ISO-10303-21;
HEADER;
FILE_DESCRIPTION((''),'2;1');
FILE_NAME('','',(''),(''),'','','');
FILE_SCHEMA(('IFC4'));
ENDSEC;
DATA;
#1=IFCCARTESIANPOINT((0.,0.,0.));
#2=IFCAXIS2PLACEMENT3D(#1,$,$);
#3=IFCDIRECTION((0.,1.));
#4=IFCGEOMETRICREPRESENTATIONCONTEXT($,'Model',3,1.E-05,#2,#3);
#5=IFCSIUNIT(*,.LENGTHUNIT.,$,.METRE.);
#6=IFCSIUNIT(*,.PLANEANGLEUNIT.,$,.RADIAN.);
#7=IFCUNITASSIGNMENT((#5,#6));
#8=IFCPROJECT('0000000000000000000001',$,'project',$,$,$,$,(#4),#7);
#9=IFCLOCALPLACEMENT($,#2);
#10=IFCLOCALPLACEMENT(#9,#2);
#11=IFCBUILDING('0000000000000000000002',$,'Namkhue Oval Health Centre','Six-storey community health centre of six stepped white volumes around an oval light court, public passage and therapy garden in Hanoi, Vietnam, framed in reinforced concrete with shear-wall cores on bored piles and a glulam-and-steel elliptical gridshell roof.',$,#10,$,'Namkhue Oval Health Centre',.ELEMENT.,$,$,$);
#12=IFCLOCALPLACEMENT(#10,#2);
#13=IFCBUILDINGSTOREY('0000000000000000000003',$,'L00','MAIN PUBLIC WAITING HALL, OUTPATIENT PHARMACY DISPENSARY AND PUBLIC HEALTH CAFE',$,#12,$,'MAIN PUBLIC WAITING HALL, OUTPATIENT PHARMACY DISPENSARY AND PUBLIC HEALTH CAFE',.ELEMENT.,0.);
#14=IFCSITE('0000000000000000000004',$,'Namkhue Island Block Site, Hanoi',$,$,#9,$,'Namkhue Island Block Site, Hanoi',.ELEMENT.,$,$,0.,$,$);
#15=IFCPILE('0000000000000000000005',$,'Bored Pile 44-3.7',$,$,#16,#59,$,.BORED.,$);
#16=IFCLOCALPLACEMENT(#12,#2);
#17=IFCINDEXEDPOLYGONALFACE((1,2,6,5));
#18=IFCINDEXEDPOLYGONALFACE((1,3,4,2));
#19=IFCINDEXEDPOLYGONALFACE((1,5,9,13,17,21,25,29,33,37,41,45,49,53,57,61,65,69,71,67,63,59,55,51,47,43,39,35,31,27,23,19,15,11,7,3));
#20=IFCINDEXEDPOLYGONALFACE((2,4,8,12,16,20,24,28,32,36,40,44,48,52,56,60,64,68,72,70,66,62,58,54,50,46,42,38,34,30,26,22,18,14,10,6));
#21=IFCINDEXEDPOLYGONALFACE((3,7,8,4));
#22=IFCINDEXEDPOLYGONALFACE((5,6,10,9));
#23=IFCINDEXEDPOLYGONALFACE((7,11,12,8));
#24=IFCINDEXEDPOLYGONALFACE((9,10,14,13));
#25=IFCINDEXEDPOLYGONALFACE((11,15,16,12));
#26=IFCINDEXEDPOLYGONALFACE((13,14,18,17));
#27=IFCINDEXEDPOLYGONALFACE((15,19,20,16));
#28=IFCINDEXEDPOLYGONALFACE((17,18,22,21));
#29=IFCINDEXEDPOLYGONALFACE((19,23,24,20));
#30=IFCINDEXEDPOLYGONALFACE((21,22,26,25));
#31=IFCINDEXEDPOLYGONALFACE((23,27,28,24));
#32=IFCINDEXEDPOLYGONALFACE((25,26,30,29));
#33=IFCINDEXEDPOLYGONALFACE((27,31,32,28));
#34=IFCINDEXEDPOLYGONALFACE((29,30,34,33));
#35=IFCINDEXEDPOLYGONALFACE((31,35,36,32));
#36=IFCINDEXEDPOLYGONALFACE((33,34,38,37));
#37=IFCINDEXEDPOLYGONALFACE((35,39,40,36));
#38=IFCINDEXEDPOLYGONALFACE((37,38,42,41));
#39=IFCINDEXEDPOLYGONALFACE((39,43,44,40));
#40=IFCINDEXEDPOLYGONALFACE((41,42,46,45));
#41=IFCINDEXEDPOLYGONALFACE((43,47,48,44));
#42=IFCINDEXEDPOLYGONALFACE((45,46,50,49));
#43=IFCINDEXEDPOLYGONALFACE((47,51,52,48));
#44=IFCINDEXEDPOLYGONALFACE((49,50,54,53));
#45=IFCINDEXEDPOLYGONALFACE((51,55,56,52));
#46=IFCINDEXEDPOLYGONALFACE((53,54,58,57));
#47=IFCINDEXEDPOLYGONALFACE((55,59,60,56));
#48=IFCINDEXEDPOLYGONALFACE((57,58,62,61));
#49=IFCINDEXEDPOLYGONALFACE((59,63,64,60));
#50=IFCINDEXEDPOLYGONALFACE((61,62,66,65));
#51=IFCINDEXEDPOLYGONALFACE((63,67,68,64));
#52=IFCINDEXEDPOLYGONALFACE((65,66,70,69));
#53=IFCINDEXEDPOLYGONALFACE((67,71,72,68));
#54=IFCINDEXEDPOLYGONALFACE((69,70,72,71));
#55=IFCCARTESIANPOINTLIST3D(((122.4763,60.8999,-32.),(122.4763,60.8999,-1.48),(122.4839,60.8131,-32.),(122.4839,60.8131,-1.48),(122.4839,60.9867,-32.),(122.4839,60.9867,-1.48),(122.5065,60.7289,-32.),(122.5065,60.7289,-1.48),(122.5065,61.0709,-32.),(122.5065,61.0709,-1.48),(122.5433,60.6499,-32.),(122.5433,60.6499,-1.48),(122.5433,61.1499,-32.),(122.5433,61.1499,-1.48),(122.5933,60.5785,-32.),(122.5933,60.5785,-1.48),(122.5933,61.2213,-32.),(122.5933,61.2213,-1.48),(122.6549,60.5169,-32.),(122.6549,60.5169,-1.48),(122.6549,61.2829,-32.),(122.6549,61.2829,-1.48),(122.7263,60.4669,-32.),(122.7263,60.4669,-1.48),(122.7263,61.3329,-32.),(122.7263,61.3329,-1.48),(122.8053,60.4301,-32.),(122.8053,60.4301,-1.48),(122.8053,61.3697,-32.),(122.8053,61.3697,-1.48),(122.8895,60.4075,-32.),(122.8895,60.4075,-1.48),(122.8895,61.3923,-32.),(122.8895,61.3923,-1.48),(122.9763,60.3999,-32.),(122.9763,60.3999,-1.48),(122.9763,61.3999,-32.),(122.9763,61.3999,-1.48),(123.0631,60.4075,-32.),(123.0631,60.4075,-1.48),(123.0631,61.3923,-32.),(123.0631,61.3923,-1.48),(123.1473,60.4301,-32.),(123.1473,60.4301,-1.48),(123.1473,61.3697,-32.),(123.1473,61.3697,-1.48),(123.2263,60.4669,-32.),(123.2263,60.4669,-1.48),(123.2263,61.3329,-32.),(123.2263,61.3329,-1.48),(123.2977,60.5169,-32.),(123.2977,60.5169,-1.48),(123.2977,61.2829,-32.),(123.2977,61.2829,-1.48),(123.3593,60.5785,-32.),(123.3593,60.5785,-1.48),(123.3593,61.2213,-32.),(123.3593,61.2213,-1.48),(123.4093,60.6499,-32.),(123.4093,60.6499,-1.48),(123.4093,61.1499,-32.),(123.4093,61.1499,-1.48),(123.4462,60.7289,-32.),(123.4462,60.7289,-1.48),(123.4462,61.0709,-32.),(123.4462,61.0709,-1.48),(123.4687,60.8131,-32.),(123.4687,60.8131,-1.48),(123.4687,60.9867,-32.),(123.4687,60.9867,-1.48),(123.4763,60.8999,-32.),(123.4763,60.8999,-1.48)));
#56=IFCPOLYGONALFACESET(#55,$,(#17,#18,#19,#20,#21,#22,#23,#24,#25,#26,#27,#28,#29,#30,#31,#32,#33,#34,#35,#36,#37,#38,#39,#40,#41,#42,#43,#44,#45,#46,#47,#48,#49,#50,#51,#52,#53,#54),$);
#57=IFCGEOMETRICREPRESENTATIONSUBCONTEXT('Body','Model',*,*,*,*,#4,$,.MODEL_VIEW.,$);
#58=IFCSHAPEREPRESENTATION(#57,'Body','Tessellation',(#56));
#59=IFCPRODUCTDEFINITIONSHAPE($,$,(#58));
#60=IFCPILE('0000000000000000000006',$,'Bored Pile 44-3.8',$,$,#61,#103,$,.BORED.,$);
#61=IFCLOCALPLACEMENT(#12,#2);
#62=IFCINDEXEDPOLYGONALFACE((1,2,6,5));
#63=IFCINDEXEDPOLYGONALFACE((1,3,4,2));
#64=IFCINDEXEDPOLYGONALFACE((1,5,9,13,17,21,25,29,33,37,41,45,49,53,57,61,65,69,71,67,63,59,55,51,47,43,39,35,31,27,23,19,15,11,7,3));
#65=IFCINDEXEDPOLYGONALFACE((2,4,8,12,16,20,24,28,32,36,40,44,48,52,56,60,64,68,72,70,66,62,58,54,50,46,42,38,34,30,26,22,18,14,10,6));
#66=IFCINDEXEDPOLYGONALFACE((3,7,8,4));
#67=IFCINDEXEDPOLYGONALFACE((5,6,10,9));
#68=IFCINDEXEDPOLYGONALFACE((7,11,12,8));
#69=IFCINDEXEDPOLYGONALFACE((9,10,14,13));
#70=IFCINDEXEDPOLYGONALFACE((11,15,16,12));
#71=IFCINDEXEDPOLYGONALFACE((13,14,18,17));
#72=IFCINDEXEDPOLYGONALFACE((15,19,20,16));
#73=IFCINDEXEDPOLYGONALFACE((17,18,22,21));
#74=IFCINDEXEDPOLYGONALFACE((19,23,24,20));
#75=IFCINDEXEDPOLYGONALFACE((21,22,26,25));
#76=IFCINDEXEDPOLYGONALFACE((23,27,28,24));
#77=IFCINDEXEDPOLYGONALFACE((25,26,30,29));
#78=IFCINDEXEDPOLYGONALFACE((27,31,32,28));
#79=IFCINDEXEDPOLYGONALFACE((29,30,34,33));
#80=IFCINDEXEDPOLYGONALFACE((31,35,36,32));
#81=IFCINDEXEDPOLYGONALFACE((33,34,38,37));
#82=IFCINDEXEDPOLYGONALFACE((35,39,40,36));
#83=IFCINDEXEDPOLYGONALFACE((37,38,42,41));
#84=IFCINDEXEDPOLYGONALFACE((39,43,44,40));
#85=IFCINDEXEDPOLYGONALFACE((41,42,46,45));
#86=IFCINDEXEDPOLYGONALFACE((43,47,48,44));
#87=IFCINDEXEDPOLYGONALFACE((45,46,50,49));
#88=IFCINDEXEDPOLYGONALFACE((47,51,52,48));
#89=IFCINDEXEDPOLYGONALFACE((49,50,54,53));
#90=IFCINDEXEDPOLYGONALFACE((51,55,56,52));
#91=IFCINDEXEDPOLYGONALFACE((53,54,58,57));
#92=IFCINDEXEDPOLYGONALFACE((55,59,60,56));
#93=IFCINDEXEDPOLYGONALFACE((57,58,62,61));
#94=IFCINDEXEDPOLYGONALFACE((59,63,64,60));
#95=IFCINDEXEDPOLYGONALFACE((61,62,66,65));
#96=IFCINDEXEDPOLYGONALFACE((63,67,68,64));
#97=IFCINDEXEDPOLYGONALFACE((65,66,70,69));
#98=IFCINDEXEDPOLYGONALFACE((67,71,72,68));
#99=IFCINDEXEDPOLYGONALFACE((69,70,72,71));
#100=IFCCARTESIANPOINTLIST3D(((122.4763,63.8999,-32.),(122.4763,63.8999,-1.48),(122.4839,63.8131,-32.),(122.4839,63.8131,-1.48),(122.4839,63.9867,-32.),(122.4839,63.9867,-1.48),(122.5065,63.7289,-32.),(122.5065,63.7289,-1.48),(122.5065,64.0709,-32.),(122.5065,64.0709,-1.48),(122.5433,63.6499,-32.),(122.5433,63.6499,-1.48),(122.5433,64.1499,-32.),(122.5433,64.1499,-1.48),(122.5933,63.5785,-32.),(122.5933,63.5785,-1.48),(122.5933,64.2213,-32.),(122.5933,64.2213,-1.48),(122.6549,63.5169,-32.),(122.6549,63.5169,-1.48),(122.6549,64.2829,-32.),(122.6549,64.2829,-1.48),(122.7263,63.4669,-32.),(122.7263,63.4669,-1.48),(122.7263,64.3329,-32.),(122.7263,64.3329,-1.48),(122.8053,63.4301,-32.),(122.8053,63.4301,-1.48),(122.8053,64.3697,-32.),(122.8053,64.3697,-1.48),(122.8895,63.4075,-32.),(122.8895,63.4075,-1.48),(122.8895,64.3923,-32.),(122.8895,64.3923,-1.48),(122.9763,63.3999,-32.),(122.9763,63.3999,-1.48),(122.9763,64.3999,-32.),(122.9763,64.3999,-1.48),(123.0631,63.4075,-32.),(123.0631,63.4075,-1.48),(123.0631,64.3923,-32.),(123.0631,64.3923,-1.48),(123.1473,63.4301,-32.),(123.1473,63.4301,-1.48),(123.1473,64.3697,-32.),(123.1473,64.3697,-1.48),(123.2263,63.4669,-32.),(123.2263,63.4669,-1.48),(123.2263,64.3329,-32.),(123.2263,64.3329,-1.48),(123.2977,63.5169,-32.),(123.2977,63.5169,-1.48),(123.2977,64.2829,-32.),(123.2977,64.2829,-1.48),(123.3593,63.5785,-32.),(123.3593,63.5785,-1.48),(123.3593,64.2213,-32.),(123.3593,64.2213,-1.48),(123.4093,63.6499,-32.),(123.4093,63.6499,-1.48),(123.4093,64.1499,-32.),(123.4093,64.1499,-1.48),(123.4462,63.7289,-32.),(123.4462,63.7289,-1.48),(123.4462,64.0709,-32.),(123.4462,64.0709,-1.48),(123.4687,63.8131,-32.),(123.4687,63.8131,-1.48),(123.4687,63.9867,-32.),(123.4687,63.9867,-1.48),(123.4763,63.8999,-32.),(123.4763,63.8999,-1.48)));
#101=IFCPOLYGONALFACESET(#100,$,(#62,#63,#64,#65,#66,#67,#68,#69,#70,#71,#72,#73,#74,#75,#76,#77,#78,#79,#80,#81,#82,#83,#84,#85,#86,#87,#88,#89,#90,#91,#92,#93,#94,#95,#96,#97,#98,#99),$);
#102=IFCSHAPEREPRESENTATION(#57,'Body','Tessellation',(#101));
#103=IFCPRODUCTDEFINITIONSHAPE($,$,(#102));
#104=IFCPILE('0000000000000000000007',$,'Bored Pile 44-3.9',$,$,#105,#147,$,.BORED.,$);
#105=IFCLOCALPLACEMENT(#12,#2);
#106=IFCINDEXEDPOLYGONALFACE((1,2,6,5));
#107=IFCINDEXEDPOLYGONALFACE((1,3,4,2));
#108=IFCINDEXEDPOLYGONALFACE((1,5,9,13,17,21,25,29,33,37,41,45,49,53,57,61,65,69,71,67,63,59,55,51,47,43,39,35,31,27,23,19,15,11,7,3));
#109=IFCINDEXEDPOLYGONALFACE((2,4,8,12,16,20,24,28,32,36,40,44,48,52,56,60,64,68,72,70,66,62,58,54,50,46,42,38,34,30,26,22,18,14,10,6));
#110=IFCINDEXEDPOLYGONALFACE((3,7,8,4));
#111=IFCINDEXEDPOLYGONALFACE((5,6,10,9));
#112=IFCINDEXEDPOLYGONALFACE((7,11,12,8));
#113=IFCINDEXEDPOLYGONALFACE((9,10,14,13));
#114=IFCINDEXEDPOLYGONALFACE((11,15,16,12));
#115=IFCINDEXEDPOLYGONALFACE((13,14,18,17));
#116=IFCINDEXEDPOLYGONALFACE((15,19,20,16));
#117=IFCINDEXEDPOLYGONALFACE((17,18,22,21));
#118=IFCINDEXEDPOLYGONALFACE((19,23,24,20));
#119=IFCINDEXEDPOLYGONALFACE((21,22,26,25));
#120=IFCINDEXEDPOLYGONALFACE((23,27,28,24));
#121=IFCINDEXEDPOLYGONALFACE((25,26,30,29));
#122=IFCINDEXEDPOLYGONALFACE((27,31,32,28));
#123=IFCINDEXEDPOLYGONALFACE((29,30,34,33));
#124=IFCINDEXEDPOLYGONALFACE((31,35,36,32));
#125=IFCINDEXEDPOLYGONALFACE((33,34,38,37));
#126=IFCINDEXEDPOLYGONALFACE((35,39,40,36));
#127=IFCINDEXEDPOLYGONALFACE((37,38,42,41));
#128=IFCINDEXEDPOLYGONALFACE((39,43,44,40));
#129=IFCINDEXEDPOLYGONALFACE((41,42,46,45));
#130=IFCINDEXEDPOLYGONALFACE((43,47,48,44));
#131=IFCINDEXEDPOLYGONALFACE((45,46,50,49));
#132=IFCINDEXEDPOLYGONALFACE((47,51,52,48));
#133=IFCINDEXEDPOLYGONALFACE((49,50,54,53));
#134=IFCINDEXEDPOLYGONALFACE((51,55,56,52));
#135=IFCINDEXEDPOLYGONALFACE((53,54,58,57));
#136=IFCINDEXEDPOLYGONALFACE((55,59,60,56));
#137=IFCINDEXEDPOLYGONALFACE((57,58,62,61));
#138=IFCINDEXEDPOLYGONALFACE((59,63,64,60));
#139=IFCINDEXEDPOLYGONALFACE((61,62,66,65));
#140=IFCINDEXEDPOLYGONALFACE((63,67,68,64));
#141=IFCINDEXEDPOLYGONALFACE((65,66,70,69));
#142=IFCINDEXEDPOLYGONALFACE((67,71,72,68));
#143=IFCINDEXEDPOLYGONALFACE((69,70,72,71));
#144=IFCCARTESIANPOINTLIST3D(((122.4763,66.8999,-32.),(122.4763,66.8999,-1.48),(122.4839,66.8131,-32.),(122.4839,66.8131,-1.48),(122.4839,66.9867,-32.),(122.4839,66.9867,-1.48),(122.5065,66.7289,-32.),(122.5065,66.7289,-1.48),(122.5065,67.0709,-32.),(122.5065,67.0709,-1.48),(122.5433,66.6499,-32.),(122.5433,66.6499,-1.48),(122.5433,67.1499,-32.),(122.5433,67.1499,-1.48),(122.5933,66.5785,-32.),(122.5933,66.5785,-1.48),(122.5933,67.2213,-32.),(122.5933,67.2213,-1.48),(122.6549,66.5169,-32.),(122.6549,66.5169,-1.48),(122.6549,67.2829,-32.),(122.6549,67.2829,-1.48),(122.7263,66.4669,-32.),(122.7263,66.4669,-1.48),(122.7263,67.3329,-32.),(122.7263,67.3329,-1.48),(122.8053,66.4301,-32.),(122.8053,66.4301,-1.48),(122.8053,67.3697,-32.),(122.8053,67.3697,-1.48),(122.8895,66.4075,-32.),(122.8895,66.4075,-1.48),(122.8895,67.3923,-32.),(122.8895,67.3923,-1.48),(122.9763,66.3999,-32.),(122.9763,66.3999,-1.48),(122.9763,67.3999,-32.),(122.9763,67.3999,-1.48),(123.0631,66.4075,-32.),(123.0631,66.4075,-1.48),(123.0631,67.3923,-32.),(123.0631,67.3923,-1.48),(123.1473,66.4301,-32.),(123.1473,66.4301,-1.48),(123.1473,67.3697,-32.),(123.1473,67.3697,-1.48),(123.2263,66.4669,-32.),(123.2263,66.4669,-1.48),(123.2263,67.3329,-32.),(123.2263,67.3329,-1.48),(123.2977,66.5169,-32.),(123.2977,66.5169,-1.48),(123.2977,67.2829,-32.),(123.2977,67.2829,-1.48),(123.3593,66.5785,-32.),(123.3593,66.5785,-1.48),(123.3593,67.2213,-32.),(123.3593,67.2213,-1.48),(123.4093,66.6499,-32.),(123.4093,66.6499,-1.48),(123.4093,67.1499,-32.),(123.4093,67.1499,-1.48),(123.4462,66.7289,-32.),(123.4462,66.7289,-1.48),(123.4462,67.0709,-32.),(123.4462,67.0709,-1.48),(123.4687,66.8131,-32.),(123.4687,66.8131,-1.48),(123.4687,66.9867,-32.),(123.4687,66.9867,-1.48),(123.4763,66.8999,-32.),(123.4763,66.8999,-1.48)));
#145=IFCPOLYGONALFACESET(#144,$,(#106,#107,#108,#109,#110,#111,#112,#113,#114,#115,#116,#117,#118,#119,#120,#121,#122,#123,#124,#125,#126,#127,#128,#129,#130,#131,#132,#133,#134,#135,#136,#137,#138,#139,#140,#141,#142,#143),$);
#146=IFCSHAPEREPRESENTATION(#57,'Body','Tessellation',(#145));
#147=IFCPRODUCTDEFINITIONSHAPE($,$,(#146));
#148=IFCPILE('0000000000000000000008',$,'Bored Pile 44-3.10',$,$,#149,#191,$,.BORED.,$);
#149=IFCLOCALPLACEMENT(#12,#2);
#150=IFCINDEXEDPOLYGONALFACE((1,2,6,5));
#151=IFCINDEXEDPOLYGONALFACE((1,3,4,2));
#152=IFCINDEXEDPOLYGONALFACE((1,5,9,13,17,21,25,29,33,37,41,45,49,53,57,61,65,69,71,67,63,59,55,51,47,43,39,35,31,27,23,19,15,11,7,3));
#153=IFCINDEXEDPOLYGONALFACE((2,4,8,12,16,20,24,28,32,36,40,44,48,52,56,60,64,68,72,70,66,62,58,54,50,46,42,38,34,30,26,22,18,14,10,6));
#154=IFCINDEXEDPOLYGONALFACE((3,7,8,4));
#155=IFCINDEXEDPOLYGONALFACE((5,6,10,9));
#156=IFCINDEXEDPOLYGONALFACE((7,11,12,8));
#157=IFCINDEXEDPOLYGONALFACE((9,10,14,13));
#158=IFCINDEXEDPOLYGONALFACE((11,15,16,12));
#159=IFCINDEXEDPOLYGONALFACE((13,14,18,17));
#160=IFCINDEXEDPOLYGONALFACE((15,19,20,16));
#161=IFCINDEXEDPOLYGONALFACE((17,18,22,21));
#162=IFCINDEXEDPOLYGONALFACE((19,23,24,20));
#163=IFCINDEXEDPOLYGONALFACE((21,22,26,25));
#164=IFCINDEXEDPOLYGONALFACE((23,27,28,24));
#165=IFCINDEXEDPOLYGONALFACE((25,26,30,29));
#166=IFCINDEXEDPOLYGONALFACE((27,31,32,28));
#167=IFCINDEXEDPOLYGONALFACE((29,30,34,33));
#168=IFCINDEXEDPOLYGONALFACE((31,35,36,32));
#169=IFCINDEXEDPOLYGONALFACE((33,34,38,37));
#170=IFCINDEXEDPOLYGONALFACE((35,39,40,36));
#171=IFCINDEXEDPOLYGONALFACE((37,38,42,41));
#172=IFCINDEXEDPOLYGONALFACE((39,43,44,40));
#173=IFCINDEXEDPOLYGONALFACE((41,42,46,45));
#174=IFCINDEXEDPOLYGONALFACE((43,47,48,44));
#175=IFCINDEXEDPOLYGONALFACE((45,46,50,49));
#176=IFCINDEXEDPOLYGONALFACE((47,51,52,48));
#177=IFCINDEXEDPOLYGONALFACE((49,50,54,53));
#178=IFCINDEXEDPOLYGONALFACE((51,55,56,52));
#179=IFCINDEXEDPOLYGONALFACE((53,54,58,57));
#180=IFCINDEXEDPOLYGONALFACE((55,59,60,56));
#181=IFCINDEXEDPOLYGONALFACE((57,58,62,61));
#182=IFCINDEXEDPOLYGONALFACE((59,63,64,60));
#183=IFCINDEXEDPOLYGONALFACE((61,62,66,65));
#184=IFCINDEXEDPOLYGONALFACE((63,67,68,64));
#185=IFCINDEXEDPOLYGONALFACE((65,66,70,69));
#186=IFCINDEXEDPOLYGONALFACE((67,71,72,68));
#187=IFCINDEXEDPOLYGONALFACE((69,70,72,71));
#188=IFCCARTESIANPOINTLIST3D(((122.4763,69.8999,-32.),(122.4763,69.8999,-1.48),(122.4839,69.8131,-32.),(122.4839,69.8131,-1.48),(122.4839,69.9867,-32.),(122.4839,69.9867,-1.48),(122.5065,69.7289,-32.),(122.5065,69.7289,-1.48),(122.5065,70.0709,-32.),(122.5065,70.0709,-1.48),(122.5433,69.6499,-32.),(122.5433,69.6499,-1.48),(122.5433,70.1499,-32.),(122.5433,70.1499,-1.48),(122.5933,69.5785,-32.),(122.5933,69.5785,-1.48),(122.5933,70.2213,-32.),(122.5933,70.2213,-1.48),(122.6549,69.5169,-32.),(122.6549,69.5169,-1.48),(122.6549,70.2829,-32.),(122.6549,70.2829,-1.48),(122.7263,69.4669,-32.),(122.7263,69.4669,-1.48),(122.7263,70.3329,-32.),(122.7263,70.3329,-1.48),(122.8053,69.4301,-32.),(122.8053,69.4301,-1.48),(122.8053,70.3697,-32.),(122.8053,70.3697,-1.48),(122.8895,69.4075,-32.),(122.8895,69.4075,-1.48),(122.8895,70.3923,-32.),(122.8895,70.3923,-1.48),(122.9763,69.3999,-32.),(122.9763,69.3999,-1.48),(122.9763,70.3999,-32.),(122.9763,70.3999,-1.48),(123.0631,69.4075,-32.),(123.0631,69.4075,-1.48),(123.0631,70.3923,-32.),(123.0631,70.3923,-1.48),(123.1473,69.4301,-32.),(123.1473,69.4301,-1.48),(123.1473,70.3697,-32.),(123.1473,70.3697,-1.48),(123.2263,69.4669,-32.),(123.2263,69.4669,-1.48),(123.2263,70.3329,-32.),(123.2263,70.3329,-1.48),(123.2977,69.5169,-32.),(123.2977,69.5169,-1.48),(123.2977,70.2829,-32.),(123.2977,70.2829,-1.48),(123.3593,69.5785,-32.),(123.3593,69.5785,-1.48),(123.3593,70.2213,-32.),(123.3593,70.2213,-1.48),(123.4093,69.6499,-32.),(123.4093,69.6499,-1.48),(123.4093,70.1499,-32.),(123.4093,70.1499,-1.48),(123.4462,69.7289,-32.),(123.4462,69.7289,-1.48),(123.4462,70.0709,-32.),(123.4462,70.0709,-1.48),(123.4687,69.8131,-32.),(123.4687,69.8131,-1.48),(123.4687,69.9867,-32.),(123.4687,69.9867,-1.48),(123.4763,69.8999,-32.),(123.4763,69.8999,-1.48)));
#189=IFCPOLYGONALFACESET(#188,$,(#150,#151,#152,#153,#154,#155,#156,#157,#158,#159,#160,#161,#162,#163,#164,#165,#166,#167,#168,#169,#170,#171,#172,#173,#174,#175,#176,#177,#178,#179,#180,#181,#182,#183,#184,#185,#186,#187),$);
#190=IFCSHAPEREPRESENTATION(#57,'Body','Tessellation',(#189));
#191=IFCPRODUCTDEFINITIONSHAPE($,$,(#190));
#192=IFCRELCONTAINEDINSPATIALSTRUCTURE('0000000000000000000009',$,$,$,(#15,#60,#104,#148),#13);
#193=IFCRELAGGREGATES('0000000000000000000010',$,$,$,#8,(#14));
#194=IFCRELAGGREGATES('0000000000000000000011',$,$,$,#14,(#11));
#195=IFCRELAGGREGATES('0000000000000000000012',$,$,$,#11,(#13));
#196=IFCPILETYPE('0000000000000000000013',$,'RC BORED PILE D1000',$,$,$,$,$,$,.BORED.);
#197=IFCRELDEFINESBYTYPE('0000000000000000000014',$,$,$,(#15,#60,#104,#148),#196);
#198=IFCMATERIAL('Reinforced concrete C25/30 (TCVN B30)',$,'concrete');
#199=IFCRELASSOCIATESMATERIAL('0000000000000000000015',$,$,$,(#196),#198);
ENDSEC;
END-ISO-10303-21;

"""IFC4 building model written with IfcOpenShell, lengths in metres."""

from ifc_helpers import new_model, si_unit, direction, frame, origin, origin_2d, place, context, subcontext, project, spatial, circle, extrude, material, material_profile, profile_set, type_object, element, save


model = new_model("IFC4")

# Units and contexts
model_context = context("Model", 3, precision=1e-05, world=origin(), true_north=direction((0.0, 1.0)))
body_context = subcontext(model_context, "Body", "Model", "MODEL_VIEW")
ifc_project = project(units=[si_unit("LENGTHUNIT", "METRE"), si_unit("PLANEANGLEUNIT", "RADIAN")], contexts=[model_context])

# Site, building, storey
site_placement = place(None, origin())
site = spatial("IfcSite", under=ifc_project, at=site_placement, Name="Namkhue Island Block Site, Hanoi", LongName="Namkhue Island Block Site, Hanoi", CompositionType="ELEMENT", RefElevation=0.0)
building_placement = place(site_placement, origin())
building = spatial("IfcBuilding", under=site, at=building_placement, Name="Namkhue Oval Health Centre", Description="Six-storey community health centre of six stepped white volumes around an oval light court, public passage and therapy garden in Hanoi, Vietnam, framed in reinforced concrete with shear-wall cores on bored piles and a glulam-and-steel elliptical gridshell roof.", LongName="Namkhue Oval Health Centre", CompositionType="ELEMENT")
storey_placement = place(building_placement, origin())
storey = spatial("IfcBuildingStorey", under=building, at=storey_placement, Name="L00", Description="MAIN PUBLIC WAITING HALL, OUTPATIENT PHARMACY DISPENSARY AND PUBLIC HEALTH CAFE", LongName="MAIN PUBLIC WAITING HALL, OUTPATIENT PHARMACY DISPENSARY AND PUBLIC HEALTH CAFE", CompositionType="ELEMENT", Elevation=0.0)

# Piles
ifc_material_1 = material(Name="Reinforced concrete C25/30 (TCVN B30)", Category="concrete")
ifc_material_profile_1 = material_profile(ifc_material_1, circle(Radius=0.5, at=origin_2d()), Name="BORED PILE D1000")
ifc_profile_set_1 = profile_set([ifc_material_profile_1], Name="Reinforced concrete C25/30 (TCVN B30)")
pile_type = type_object("IfcPileType", Name="RC BORED PILE D1000", PredefinedType="BORED", material=ifc_profile_set_1)
for number, where, z_axis, x_axis, name in (
    (1, (122.9763, 60.8999, -1.48), (0.0, 0.0, -1.0), (1.0, 0.0, 0.0), "Bored Pile 44-3.7"),
    (2, (122.9763, 63.8999, -1.48), (0.0, 0.0, -1.0), (1.0, 0.0, 0.0), "Bored Pile 44-3.8"),
    (3, (122.9763, 66.8999, -1.48), (0.0, 0.0, -1.0), (1.0, 0.0, 0.0), "Bored Pile 44-3.9"),
    (4, (122.9763, 69.8999, -1.48), (0.0, 0.0, -1.0), (1.0, 0.0, 0.0), "Bored Pile 44-3.10"),
):
    element("IfcPile", number, at=place(storey_placement, frame(where, z_axis=z_axis, x_axis=x_axis)), inside=storey, type_object=pile_type, Name=name, PredefinedType="BORED", context=body_context, shape_type="SweptSolid", body=[
        extrude(circle(Radius=0.5, at=origin_2d()), origin(), (0.0, 0.0, 1.0), 30.52),
    ])

save(model, "model.ifc")
